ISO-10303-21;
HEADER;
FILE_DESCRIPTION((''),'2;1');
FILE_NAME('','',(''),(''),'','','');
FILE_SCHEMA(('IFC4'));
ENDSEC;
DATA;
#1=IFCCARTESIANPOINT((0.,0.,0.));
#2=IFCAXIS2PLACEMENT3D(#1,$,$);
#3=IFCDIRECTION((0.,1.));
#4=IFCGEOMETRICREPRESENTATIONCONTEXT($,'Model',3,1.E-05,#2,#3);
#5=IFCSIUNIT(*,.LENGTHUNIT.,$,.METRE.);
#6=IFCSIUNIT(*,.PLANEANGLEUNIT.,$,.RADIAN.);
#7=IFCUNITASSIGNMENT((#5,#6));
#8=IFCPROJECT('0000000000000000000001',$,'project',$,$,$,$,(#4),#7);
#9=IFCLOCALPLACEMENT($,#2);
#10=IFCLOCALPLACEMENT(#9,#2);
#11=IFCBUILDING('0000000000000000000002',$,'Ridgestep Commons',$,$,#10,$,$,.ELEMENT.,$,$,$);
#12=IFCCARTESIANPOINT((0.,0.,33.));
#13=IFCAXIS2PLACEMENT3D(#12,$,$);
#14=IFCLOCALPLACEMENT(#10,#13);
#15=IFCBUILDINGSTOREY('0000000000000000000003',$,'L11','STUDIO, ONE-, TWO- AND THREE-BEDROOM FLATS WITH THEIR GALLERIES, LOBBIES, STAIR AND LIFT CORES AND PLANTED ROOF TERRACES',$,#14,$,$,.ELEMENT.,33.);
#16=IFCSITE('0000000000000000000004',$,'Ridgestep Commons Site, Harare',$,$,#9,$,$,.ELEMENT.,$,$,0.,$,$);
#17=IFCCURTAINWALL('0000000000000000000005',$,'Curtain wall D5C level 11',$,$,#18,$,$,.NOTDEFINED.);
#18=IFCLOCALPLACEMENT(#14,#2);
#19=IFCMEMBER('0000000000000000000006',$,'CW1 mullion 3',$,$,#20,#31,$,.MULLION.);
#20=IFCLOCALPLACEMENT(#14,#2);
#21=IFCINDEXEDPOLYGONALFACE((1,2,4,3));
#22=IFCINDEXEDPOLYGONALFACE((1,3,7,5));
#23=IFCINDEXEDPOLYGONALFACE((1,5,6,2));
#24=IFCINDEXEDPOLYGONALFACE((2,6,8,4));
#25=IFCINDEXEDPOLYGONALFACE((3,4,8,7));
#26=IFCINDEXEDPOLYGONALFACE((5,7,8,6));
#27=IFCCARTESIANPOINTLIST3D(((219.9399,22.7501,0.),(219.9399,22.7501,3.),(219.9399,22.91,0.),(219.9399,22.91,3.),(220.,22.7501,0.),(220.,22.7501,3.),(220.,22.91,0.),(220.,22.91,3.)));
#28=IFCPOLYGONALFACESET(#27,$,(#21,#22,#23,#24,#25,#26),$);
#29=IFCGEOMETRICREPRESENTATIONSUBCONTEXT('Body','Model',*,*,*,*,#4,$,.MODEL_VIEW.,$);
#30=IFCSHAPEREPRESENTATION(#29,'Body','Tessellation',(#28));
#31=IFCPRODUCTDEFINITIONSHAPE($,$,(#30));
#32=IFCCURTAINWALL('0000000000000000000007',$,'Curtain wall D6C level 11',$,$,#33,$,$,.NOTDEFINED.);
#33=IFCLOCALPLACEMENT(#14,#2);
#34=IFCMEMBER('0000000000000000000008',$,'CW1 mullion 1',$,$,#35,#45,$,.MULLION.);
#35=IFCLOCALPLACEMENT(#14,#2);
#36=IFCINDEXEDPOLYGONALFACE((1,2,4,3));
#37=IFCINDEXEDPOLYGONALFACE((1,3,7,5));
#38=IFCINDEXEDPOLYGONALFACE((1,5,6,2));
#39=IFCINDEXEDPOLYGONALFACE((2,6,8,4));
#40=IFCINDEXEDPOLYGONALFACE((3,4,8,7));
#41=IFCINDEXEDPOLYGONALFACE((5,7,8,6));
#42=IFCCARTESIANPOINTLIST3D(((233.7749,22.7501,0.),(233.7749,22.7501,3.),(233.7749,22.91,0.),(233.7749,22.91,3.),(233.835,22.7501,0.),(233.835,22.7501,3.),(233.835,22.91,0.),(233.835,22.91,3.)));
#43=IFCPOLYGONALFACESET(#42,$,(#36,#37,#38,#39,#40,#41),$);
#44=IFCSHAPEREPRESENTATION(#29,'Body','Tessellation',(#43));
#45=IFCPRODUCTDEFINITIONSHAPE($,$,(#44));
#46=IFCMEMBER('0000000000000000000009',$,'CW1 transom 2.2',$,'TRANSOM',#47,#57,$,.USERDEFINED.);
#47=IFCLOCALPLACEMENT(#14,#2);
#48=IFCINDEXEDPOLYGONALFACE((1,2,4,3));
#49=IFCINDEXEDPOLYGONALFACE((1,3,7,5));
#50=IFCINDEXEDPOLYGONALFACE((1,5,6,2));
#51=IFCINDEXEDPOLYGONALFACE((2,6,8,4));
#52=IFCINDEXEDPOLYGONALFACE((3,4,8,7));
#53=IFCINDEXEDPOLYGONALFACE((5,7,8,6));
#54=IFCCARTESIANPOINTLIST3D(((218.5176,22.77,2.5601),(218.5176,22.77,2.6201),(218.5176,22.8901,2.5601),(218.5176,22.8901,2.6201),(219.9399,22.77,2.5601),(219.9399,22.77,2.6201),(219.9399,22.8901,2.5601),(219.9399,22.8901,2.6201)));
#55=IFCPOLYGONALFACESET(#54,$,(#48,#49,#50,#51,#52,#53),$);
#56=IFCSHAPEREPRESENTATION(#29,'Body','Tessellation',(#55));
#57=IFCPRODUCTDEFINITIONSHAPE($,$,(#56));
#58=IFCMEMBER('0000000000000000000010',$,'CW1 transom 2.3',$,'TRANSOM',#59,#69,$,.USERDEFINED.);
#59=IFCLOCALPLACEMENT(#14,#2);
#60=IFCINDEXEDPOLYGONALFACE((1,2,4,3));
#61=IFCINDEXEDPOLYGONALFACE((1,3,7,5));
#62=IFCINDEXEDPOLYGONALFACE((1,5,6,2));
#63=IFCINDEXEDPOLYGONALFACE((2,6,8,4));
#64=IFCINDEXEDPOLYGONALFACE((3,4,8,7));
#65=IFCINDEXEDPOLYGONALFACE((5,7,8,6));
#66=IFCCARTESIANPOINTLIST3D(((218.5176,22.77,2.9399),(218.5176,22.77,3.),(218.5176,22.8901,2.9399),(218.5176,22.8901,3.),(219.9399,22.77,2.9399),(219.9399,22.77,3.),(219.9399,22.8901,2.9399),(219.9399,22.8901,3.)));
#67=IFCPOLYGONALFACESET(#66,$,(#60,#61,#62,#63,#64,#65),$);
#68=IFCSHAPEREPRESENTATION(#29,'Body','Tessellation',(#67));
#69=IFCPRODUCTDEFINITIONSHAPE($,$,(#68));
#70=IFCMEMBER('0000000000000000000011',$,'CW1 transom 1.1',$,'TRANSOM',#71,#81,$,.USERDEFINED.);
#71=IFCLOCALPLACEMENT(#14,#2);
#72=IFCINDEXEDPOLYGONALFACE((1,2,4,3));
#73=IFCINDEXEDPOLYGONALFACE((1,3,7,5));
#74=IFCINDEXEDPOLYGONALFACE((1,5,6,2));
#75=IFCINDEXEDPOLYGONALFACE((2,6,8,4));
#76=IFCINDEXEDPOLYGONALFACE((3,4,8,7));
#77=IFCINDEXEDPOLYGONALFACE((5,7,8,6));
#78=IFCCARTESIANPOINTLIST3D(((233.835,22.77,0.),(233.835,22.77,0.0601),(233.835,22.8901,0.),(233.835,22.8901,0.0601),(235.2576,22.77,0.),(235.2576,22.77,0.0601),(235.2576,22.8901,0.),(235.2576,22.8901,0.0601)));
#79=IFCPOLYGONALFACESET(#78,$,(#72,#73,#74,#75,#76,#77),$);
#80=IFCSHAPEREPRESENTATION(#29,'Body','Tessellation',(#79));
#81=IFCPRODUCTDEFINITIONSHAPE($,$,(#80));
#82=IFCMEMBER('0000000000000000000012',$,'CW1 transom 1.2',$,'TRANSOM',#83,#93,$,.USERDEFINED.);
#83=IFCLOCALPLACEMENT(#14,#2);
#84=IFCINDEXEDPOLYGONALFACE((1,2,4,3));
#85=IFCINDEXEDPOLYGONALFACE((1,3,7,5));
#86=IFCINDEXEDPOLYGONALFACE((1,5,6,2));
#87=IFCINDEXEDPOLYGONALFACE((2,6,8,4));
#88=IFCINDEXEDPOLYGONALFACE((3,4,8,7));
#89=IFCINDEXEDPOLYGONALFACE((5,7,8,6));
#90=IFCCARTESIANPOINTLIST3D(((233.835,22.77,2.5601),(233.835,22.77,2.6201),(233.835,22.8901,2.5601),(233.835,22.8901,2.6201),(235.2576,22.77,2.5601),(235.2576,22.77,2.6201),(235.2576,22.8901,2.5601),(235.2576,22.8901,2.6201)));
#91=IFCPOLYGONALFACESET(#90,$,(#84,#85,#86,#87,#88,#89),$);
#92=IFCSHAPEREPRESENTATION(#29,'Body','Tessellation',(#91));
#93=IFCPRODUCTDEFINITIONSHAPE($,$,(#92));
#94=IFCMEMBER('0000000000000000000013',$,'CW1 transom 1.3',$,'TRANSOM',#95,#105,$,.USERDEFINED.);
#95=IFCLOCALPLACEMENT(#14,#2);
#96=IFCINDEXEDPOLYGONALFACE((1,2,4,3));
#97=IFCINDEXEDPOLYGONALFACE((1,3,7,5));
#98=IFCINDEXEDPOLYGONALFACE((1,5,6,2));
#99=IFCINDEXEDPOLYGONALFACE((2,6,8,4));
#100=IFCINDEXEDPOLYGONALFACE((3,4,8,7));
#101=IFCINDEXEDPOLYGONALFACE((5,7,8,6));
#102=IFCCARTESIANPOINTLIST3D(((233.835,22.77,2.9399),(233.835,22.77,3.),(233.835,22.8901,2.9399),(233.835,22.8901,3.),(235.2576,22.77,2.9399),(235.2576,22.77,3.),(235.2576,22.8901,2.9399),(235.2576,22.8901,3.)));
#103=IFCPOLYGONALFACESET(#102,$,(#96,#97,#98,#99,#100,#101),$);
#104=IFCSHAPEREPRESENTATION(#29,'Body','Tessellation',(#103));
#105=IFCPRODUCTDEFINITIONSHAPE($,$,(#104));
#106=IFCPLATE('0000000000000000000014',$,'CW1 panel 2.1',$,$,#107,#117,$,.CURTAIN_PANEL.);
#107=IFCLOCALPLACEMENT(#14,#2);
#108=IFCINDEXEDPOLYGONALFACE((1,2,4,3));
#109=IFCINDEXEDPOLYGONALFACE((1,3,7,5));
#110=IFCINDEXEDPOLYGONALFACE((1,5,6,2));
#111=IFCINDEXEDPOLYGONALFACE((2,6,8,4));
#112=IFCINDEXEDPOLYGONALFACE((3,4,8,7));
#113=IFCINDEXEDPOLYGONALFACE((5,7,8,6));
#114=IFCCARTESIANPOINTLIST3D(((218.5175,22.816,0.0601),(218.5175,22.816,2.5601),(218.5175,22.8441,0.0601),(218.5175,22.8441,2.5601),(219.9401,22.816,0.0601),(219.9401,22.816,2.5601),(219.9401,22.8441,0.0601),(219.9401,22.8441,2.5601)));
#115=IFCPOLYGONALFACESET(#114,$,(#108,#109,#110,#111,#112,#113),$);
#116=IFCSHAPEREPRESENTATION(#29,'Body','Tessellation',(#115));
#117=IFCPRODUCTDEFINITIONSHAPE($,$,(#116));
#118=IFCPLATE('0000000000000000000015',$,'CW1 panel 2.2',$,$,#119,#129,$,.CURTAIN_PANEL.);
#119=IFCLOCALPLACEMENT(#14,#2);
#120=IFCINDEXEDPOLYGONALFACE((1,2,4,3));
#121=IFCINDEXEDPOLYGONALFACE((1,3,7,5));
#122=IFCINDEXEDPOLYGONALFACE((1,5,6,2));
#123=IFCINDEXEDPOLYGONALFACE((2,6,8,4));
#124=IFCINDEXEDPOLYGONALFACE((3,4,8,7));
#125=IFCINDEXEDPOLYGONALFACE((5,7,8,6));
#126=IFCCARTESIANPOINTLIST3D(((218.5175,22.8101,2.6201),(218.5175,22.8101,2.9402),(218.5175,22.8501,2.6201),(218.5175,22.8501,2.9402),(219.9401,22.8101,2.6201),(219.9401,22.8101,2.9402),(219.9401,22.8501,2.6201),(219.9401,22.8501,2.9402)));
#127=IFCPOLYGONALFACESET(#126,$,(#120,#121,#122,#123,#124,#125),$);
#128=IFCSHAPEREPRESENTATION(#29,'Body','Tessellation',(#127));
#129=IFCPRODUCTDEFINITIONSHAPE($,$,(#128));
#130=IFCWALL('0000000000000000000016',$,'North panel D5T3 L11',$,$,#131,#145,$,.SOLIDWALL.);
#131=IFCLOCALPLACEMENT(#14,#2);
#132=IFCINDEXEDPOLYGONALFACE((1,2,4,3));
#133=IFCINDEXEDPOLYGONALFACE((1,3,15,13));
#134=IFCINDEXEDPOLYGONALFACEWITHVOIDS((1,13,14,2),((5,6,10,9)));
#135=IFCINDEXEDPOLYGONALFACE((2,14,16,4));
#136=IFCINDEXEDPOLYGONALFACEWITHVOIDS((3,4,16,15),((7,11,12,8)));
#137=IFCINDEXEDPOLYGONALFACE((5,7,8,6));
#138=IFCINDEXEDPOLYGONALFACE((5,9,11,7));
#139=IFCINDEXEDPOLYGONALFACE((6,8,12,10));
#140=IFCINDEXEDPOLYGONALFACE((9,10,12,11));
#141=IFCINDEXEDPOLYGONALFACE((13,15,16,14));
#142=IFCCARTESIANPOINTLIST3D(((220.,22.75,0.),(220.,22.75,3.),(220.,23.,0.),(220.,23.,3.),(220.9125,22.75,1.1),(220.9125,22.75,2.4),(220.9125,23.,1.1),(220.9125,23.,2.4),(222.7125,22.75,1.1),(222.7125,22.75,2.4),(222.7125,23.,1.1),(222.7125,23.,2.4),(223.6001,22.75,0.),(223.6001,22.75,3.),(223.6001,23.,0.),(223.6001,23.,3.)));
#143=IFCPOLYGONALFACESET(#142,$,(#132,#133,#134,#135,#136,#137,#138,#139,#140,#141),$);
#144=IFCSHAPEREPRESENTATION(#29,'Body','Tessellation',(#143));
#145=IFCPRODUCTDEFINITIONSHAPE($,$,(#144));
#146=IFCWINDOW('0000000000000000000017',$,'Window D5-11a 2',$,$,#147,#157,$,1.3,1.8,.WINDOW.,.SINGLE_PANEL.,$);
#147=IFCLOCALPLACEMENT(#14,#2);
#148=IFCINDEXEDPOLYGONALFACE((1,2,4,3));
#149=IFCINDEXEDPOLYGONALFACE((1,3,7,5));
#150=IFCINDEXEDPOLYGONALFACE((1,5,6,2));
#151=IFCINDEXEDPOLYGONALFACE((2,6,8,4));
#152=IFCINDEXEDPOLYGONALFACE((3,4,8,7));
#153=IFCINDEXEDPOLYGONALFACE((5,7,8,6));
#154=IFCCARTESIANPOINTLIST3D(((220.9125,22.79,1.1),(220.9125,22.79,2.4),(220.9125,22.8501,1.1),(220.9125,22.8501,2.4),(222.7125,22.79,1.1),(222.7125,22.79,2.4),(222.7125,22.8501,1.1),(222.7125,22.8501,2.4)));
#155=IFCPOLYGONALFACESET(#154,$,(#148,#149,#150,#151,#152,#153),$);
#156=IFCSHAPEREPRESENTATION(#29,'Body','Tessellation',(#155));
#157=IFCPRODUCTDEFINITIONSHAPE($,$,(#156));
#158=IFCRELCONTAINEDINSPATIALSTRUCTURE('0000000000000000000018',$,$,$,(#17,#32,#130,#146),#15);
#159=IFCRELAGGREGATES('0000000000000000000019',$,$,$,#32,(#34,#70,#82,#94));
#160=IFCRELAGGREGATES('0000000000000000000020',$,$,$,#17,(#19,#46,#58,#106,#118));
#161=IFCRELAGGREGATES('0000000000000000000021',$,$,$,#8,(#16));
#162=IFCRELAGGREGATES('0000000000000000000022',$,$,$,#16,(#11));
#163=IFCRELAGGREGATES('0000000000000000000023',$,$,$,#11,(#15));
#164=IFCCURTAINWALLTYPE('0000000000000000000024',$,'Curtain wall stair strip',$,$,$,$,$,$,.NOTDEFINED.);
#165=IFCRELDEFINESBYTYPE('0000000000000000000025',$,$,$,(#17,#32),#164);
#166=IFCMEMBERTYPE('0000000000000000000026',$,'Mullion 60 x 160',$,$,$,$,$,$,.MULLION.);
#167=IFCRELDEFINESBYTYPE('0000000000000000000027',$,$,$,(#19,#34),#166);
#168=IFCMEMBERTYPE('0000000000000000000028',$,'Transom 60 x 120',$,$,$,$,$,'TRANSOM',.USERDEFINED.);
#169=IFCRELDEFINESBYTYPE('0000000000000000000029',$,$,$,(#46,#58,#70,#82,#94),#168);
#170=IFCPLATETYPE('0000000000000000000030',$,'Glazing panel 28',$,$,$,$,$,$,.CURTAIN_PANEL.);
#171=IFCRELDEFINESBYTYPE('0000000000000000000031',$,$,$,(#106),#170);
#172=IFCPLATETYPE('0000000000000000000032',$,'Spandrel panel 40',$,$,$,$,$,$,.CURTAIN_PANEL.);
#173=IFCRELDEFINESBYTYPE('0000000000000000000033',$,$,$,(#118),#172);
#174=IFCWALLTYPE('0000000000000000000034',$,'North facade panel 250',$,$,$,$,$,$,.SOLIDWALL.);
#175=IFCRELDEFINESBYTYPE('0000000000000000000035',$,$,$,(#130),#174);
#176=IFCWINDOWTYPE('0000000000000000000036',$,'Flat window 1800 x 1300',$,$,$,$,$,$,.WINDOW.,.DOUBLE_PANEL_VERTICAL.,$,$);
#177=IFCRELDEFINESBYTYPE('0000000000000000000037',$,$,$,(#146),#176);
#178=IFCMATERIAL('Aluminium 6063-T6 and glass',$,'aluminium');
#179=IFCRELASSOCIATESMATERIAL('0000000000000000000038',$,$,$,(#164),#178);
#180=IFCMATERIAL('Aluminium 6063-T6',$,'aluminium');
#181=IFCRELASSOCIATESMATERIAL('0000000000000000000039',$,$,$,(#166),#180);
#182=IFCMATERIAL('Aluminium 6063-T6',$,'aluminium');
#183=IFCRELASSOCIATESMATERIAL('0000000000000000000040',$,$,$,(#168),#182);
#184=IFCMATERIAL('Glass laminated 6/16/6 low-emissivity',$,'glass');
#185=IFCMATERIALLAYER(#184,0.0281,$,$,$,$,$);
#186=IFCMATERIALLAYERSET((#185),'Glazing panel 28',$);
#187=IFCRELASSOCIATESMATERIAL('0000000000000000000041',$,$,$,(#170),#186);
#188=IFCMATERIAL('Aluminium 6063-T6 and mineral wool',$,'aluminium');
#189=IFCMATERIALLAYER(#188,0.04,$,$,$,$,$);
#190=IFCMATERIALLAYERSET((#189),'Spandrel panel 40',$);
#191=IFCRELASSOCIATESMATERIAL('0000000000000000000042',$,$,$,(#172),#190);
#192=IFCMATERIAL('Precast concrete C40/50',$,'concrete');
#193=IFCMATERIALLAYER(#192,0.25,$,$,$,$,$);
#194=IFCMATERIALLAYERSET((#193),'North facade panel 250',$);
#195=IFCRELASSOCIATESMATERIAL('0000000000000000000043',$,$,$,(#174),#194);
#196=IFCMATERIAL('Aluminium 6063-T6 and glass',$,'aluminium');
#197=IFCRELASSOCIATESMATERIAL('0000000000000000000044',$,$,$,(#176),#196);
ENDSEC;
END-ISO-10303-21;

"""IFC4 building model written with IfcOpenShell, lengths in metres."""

from ifc_helpers import new_model, si_unit, direction, frame, frame_2d, origin, origin_2d, place, context, subcontext, project, spatial, rectangle, extrude, material, layer, layer_set, material_profile, profile_set, type_object, element, fill, aggregate, save


model = new_model("IFC4")

# Units and contexts
model_context = context("Model", 3, precision=1e-05, world=origin(), true_north=direction((0.0, 1.0)))
body_context = subcontext(model_context, "Body", "Model", "MODEL_VIEW")
ifc_project = project(units=[si_unit("LENGTHUNIT", "METRE"), si_unit("PLANEANGLEUNIT", "RADIAN")], contexts=[model_context])

# Site, building, storey
site_placement = place(None, origin())
site = spatial("IfcSite", under=ifc_project, at=site_placement, Name="Ridgestep Commons Site, Harare", CompositionType="ELEMENT", RefElevation=0.0)
building_placement = place(site_placement, origin())
building = spatial("IfcBuilding", under=site, at=building_placement, Name="Ridgestep Commons", CompositionType="ELEMENT")
storey_placement = place(building_placement, frame((0.0, 0.0, 33.0)))
storey = spatial("IfcBuildingStorey", under=building, at=storey_placement, Name="L11", Description="STUDIO, ONE-, TWO- AND THREE-BEDROOM FLATS WITH THEIR GALLERIES, LOBBIES, STAIR AND LIFT CORES AND PLANTED ROOF TERRACES", CompositionType="ELEMENT", Elevation=33.0)

# Curtain walls, members
ifc_material_1 = material(Name="Aluminium 6063-T6 and glass", Category="aluminium")
curtain_wall_type = type_object("IfcCurtainWallType", Name="Curtain wall stair strip", PredefinedType="NOTDEFINED", material=ifc_material_1)
curtain_wall_1_placement = place(storey_placement, origin())
curtain_wall_1 = element("IfcCurtainWall", 1, at=curtain_wall_1_placement, inside=storey, type_object=curtain_wall_type, Name="Curtain wall D5C level 11", PredefinedType="NOTDEFINED")
ifc_material_2 = material(Name="Aluminium 6063-T6", Category="aluminium")
ifc_material_profile_1 = material_profile(ifc_material_2, rectangle(XDim=0.1599, YDim=0.0601, at=origin_2d()), Name="Mullion 60 x 160")
ifc_profile_set_1 = profile_set([ifc_material_profile_1], Name="Aluminium 6063-T6")
member_type_1 = type_object("IfcMemberType", Name="Mullion 60 x 160", PredefinedType="MULLION", material=ifc_profile_set_1)
member_1_placement = place(storey_placement, frame((219.97, 22.8301, 0.0), z_axis=(0.0, 0.0, 1.0), x_axis=(0.0, 1.0, 0.0)))
member_1 = element("IfcMember", 2, at=member_1_placement, type_object=member_type_1, Name="CW1 mullion 3", PredefinedType="MULLION", context=body_context, shape_type="SweptSolid", body=[
    extrude(rectangle(XDim=0.1599, YDim=0.0601, at=origin_2d()), origin(), (0.0, 0.0, 1.0), 3.0),
])
curtain_wall_2_placement = place(storey_placement, origin())
curtain_wall_2 = element("IfcCurtainWall", 3, at=curtain_wall_2_placement, inside=storey, type_object=curtain_wall_type, Name="Curtain wall D6C level 11", PredefinedType="NOTDEFINED")
member_2_placement = place(storey_placement, frame((233.8049, 22.8301, 0.0), z_axis=(0.0, 0.0, 1.0), x_axis=(0.0, 1.0, 0.0)))
member_2 = element("IfcMember", 4, at=member_2_placement, type_object=member_type_1, Name="CW1 mullion 1", PredefinedType="MULLION", context=body_context, shape_type="SweptSolid", body=[
    extrude(rectangle(XDim=0.1599, YDim=0.0601, at=origin_2d()), origin(), (0.0, 0.0, 1.0), 3.0),
])

# Members
ifc_material_3 = material(Name="Aluminium 6063-T6", Category="aluminium")
ifc_material_profile_2 = material_profile(ifc_material_3, rectangle(XDim=0.1201, YDim=0.0601, at=origin_2d()), Name="Transom 60 x 120")
ifc_profile_set_2 = profile_set([ifc_material_profile_2], Name="Aluminium 6063-T6")
member_type_2 = type_object("IfcMemberType", Name="Transom 60 x 120", ElementType="TRANSOM", PredefinedType="USERDEFINED", material=ifc_profile_set_2)
member_3_placement = place(storey_placement, frame((218.5176, 22.8301, 2.5901), z_axis=(1.0, 0.0, 0.0), x_axis=(0.0, 1.0, 0.0)))
member_3 = element("IfcMember", 5, at=member_3_placement, type_object=member_type_2, Name="CW1 transom 2.2", ObjectType="TRANSOM", PredefinedType="USERDEFINED", context=body_context, shape_type="SweptSolid", body=[
    extrude(rectangle(XDim=0.1201, YDim=0.0601, at=origin_2d()), origin(), (0.0, 0.0, 1.0), 1.4224),
])
member_4_placement = place(storey_placement, frame((218.5176, 22.8301, 2.97), z_axis=(1.0, 0.0, 0.0), x_axis=(0.0, 1.0, 0.0)))
member_4 = element("IfcMember", 6, at=member_4_placement, type_object=member_type_2, Name="CW1 transom 2.3", ObjectType="TRANSOM", PredefinedType="USERDEFINED", context=body_context, shape_type="SweptSolid", body=[
    extrude(rectangle(XDim=0.1201, YDim=0.0601, at=origin_2d()), origin(), (0.0, 0.0, 1.0), 1.4224),
])
member_5_placement = place(storey_placement, frame((233.835, 22.8301, 0.03), z_axis=(1.0, 0.0, 0.0), x_axis=(0.0, 1.0, 0.0)))
member_5 = element("IfcMember", 7, at=member_5_placement, type_object=member_type_2, Name="CW1 transom 1.1", ObjectType="TRANSOM", PredefinedType="USERDEFINED", context=body_context, shape_type="SweptSolid", body=[
    extrude(rectangle(XDim=0.1201, YDim=0.0601, at=origin_2d()), origin(), (0.0, 0.0, 1.0), 1.4226),
])
member_6_placement = place(storey_placement, frame((233.835, 22.8301, 2.5901), z_axis=(1.0, 0.0, 0.0), x_axis=(0.0, 1.0, 0.0)))
member_6 = element("IfcMember", 8, at=member_6_placement, type_object=member_type_2, Name="CW1 transom 1.2", ObjectType="TRANSOM", PredefinedType="USERDEFINED", context=body_context, shape_type="SweptSolid", body=[
    extrude(rectangle(XDim=0.1201, YDim=0.0601, at=origin_2d()), origin(), (0.0, 0.0, 1.0), 1.4226),
])
member_7_placement = place(storey_placement, frame((233.835, 22.8301, 2.97), z_axis=(1.0, 0.0, 0.0), x_axis=(0.0, 1.0, 0.0)))
member_7 = element("IfcMember", 9, at=member_7_placement, type_object=member_type_2, Name="CW1 transom 1.3", ObjectType="TRANSOM", PredefinedType="USERDEFINED", context=body_context, shape_type="SweptSolid", body=[
    extrude(rectangle(XDim=0.1201, YDim=0.0601, at=origin_2d()), origin(), (0.0, 0.0, 1.0), 1.4226),
])
aggregate(curtain_wall_2, [member_2, member_5, member_6, member_7])

# Plates
ifc_material_4 = material(Name="Glass laminated 6/16/6 low-emissivity", Category="glass")
ifc_layer_1 = layer(ifc_material_4, 0.0281)
ifc_layer_set_1 = layer_set([ifc_layer_1], Name="Glazing panel 28")
plate_type_1 = type_object("IfcPlateType", Name="Glazing panel 28", PredefinedType="CURTAIN_PANEL", material=ifc_layer_set_1)
plate_1_placement = place(storey_placement, frame((219.2288, 22.8301, 0.0601), z_axis=(0.0, 0.0, 1.0), x_axis=(1.0, 0.0, 0.0)))
plate_1 = element("IfcPlate", 10, at=plate_1_placement, type_object=plate_type_1, Name="CW1 panel 2.1", PredefinedType="CURTAIN_PANEL", context=body_context, shape_type="SweptSolid", body=[
    extrude(rectangle(XDim=1.4226, YDim=0.0281, at=origin_2d()), origin(), (0.0, 0.0, 1.0), 2.5),
])
ifc_material_5 = material(Name="Aluminium 6063-T6 and mineral wool", Category="aluminium")
ifc_layer_2 = layer(ifc_material_5, 0.04)
ifc_layer_set_2 = layer_set([ifc_layer_2], Name="Spandrel panel 40")
plate_type_2 = type_object("IfcPlateType", Name="Spandrel panel 40", PredefinedType="CURTAIN_PANEL", material=ifc_layer_set_2)
plate_2_placement = place(storey_placement, frame((219.2288, 22.8301, 2.6201), z_axis=(0.0, 0.0, 1.0), x_axis=(1.0, 0.0, 0.0)))
plate_2 = element("IfcPlate", 11, at=plate_2_placement, type_object=plate_type_2, Name="CW1 panel 2.2", PredefinedType="CURTAIN_PANEL", context=body_context, shape_type="SweptSolid", body=[
    extrude(rectangle(XDim=1.4226, YDim=0.04, at=origin_2d()), origin(), (0.0, 0.0, 1.0), 0.3201),
])
aggregate(curtain_wall_1, [member_1, member_3, member_4, plate_1, plate_2])

# Wall, opening, window
ifc_material_6 = material(Name="Precast concrete C40/50", Category="concrete")
ifc_layer_3 = layer(ifc_material_6, 0.25)
ifc_layer_set_3 = layer_set([ifc_layer_3], Name="North facade panel 250")
wall_type = type_object("IfcWallType", Name="North facade panel 250", PredefinedType="SOLIDWALL", material=ifc_layer_set_3)
wall_1_placement = place(storey_placement, frame((220.0, 22.875, 0.0), z_axis=(0.0, 0.0, 1.0), x_axis=(1.0, 0.0, 0.0)))
wall_1 = element("IfcWall", 12, at=wall_1_placement, inside=storey, type_object=wall_type, Name="North panel D5T3 L11", PredefinedType="SOLIDWALL", context=body_context, shape_type="SweptSolid", body=[
    extrude(rectangle(XDim=3.6001, YDim=0.25, at=frame_2d((1.8, 0.0))), origin(), (0.0, 0.0, 1.0), 3.0),
])
opening_1_placement = place(wall_1_placement, frame((0.9126, 0.0, 1.1001)))
opening_1 = element("IfcOpeningElement", 13, at=opening_1_placement, cuts=wall_1, PredefinedType="OPENING", context=body_context, shape_type="SweptSolid", body=[
    extrude(rectangle(XDim=1.8, YDim=1.3, at=frame_2d((0.8999, 0.6499))), frame((0.0, 0.135, 0.0), z_axis=(0.0, -1.0, 0.0), x_axis=(1.0, 0.0, 0.0)), (0.0, 0.0, 1.0), 0.27),
])
ifc_material_7 = material(Name="Aluminium 6063-T6 and glass", Category="aluminium")
window_type_1 = type_object("IfcWindowType", Name="Flat window 1800 x 1300", PartitioningType="DOUBLE_PANEL_VERTICAL", PredefinedType="WINDOW", material=ifc_material_7)
window_1_placement = place(opening_1_placement, origin())
window_1 = element("IfcWindow", 14, at=window_1_placement, inside=storey, type_object=window_type_1, Name="Window D5-11a 2", OverallHeight=1.3, OverallWidth=1.8, PartitioningType="SINGLE_PANEL", PredefinedType="WINDOW", context=body_context, shape_type="SweptSolid", body=[
    extrude(rectangle(XDim=1.8, YDim=1.3, at=frame_2d((0.8999, 0.6499))), frame((0.0, -0.0249, 0.0), z_axis=(0.0, -1.0, 0.0), x_axis=(1.0, 0.0, 0.0)), (0.0, 0.0, 1.0), 0.0601),
])
fill(opening_1, window_1)

save(model, "model.ifc")
